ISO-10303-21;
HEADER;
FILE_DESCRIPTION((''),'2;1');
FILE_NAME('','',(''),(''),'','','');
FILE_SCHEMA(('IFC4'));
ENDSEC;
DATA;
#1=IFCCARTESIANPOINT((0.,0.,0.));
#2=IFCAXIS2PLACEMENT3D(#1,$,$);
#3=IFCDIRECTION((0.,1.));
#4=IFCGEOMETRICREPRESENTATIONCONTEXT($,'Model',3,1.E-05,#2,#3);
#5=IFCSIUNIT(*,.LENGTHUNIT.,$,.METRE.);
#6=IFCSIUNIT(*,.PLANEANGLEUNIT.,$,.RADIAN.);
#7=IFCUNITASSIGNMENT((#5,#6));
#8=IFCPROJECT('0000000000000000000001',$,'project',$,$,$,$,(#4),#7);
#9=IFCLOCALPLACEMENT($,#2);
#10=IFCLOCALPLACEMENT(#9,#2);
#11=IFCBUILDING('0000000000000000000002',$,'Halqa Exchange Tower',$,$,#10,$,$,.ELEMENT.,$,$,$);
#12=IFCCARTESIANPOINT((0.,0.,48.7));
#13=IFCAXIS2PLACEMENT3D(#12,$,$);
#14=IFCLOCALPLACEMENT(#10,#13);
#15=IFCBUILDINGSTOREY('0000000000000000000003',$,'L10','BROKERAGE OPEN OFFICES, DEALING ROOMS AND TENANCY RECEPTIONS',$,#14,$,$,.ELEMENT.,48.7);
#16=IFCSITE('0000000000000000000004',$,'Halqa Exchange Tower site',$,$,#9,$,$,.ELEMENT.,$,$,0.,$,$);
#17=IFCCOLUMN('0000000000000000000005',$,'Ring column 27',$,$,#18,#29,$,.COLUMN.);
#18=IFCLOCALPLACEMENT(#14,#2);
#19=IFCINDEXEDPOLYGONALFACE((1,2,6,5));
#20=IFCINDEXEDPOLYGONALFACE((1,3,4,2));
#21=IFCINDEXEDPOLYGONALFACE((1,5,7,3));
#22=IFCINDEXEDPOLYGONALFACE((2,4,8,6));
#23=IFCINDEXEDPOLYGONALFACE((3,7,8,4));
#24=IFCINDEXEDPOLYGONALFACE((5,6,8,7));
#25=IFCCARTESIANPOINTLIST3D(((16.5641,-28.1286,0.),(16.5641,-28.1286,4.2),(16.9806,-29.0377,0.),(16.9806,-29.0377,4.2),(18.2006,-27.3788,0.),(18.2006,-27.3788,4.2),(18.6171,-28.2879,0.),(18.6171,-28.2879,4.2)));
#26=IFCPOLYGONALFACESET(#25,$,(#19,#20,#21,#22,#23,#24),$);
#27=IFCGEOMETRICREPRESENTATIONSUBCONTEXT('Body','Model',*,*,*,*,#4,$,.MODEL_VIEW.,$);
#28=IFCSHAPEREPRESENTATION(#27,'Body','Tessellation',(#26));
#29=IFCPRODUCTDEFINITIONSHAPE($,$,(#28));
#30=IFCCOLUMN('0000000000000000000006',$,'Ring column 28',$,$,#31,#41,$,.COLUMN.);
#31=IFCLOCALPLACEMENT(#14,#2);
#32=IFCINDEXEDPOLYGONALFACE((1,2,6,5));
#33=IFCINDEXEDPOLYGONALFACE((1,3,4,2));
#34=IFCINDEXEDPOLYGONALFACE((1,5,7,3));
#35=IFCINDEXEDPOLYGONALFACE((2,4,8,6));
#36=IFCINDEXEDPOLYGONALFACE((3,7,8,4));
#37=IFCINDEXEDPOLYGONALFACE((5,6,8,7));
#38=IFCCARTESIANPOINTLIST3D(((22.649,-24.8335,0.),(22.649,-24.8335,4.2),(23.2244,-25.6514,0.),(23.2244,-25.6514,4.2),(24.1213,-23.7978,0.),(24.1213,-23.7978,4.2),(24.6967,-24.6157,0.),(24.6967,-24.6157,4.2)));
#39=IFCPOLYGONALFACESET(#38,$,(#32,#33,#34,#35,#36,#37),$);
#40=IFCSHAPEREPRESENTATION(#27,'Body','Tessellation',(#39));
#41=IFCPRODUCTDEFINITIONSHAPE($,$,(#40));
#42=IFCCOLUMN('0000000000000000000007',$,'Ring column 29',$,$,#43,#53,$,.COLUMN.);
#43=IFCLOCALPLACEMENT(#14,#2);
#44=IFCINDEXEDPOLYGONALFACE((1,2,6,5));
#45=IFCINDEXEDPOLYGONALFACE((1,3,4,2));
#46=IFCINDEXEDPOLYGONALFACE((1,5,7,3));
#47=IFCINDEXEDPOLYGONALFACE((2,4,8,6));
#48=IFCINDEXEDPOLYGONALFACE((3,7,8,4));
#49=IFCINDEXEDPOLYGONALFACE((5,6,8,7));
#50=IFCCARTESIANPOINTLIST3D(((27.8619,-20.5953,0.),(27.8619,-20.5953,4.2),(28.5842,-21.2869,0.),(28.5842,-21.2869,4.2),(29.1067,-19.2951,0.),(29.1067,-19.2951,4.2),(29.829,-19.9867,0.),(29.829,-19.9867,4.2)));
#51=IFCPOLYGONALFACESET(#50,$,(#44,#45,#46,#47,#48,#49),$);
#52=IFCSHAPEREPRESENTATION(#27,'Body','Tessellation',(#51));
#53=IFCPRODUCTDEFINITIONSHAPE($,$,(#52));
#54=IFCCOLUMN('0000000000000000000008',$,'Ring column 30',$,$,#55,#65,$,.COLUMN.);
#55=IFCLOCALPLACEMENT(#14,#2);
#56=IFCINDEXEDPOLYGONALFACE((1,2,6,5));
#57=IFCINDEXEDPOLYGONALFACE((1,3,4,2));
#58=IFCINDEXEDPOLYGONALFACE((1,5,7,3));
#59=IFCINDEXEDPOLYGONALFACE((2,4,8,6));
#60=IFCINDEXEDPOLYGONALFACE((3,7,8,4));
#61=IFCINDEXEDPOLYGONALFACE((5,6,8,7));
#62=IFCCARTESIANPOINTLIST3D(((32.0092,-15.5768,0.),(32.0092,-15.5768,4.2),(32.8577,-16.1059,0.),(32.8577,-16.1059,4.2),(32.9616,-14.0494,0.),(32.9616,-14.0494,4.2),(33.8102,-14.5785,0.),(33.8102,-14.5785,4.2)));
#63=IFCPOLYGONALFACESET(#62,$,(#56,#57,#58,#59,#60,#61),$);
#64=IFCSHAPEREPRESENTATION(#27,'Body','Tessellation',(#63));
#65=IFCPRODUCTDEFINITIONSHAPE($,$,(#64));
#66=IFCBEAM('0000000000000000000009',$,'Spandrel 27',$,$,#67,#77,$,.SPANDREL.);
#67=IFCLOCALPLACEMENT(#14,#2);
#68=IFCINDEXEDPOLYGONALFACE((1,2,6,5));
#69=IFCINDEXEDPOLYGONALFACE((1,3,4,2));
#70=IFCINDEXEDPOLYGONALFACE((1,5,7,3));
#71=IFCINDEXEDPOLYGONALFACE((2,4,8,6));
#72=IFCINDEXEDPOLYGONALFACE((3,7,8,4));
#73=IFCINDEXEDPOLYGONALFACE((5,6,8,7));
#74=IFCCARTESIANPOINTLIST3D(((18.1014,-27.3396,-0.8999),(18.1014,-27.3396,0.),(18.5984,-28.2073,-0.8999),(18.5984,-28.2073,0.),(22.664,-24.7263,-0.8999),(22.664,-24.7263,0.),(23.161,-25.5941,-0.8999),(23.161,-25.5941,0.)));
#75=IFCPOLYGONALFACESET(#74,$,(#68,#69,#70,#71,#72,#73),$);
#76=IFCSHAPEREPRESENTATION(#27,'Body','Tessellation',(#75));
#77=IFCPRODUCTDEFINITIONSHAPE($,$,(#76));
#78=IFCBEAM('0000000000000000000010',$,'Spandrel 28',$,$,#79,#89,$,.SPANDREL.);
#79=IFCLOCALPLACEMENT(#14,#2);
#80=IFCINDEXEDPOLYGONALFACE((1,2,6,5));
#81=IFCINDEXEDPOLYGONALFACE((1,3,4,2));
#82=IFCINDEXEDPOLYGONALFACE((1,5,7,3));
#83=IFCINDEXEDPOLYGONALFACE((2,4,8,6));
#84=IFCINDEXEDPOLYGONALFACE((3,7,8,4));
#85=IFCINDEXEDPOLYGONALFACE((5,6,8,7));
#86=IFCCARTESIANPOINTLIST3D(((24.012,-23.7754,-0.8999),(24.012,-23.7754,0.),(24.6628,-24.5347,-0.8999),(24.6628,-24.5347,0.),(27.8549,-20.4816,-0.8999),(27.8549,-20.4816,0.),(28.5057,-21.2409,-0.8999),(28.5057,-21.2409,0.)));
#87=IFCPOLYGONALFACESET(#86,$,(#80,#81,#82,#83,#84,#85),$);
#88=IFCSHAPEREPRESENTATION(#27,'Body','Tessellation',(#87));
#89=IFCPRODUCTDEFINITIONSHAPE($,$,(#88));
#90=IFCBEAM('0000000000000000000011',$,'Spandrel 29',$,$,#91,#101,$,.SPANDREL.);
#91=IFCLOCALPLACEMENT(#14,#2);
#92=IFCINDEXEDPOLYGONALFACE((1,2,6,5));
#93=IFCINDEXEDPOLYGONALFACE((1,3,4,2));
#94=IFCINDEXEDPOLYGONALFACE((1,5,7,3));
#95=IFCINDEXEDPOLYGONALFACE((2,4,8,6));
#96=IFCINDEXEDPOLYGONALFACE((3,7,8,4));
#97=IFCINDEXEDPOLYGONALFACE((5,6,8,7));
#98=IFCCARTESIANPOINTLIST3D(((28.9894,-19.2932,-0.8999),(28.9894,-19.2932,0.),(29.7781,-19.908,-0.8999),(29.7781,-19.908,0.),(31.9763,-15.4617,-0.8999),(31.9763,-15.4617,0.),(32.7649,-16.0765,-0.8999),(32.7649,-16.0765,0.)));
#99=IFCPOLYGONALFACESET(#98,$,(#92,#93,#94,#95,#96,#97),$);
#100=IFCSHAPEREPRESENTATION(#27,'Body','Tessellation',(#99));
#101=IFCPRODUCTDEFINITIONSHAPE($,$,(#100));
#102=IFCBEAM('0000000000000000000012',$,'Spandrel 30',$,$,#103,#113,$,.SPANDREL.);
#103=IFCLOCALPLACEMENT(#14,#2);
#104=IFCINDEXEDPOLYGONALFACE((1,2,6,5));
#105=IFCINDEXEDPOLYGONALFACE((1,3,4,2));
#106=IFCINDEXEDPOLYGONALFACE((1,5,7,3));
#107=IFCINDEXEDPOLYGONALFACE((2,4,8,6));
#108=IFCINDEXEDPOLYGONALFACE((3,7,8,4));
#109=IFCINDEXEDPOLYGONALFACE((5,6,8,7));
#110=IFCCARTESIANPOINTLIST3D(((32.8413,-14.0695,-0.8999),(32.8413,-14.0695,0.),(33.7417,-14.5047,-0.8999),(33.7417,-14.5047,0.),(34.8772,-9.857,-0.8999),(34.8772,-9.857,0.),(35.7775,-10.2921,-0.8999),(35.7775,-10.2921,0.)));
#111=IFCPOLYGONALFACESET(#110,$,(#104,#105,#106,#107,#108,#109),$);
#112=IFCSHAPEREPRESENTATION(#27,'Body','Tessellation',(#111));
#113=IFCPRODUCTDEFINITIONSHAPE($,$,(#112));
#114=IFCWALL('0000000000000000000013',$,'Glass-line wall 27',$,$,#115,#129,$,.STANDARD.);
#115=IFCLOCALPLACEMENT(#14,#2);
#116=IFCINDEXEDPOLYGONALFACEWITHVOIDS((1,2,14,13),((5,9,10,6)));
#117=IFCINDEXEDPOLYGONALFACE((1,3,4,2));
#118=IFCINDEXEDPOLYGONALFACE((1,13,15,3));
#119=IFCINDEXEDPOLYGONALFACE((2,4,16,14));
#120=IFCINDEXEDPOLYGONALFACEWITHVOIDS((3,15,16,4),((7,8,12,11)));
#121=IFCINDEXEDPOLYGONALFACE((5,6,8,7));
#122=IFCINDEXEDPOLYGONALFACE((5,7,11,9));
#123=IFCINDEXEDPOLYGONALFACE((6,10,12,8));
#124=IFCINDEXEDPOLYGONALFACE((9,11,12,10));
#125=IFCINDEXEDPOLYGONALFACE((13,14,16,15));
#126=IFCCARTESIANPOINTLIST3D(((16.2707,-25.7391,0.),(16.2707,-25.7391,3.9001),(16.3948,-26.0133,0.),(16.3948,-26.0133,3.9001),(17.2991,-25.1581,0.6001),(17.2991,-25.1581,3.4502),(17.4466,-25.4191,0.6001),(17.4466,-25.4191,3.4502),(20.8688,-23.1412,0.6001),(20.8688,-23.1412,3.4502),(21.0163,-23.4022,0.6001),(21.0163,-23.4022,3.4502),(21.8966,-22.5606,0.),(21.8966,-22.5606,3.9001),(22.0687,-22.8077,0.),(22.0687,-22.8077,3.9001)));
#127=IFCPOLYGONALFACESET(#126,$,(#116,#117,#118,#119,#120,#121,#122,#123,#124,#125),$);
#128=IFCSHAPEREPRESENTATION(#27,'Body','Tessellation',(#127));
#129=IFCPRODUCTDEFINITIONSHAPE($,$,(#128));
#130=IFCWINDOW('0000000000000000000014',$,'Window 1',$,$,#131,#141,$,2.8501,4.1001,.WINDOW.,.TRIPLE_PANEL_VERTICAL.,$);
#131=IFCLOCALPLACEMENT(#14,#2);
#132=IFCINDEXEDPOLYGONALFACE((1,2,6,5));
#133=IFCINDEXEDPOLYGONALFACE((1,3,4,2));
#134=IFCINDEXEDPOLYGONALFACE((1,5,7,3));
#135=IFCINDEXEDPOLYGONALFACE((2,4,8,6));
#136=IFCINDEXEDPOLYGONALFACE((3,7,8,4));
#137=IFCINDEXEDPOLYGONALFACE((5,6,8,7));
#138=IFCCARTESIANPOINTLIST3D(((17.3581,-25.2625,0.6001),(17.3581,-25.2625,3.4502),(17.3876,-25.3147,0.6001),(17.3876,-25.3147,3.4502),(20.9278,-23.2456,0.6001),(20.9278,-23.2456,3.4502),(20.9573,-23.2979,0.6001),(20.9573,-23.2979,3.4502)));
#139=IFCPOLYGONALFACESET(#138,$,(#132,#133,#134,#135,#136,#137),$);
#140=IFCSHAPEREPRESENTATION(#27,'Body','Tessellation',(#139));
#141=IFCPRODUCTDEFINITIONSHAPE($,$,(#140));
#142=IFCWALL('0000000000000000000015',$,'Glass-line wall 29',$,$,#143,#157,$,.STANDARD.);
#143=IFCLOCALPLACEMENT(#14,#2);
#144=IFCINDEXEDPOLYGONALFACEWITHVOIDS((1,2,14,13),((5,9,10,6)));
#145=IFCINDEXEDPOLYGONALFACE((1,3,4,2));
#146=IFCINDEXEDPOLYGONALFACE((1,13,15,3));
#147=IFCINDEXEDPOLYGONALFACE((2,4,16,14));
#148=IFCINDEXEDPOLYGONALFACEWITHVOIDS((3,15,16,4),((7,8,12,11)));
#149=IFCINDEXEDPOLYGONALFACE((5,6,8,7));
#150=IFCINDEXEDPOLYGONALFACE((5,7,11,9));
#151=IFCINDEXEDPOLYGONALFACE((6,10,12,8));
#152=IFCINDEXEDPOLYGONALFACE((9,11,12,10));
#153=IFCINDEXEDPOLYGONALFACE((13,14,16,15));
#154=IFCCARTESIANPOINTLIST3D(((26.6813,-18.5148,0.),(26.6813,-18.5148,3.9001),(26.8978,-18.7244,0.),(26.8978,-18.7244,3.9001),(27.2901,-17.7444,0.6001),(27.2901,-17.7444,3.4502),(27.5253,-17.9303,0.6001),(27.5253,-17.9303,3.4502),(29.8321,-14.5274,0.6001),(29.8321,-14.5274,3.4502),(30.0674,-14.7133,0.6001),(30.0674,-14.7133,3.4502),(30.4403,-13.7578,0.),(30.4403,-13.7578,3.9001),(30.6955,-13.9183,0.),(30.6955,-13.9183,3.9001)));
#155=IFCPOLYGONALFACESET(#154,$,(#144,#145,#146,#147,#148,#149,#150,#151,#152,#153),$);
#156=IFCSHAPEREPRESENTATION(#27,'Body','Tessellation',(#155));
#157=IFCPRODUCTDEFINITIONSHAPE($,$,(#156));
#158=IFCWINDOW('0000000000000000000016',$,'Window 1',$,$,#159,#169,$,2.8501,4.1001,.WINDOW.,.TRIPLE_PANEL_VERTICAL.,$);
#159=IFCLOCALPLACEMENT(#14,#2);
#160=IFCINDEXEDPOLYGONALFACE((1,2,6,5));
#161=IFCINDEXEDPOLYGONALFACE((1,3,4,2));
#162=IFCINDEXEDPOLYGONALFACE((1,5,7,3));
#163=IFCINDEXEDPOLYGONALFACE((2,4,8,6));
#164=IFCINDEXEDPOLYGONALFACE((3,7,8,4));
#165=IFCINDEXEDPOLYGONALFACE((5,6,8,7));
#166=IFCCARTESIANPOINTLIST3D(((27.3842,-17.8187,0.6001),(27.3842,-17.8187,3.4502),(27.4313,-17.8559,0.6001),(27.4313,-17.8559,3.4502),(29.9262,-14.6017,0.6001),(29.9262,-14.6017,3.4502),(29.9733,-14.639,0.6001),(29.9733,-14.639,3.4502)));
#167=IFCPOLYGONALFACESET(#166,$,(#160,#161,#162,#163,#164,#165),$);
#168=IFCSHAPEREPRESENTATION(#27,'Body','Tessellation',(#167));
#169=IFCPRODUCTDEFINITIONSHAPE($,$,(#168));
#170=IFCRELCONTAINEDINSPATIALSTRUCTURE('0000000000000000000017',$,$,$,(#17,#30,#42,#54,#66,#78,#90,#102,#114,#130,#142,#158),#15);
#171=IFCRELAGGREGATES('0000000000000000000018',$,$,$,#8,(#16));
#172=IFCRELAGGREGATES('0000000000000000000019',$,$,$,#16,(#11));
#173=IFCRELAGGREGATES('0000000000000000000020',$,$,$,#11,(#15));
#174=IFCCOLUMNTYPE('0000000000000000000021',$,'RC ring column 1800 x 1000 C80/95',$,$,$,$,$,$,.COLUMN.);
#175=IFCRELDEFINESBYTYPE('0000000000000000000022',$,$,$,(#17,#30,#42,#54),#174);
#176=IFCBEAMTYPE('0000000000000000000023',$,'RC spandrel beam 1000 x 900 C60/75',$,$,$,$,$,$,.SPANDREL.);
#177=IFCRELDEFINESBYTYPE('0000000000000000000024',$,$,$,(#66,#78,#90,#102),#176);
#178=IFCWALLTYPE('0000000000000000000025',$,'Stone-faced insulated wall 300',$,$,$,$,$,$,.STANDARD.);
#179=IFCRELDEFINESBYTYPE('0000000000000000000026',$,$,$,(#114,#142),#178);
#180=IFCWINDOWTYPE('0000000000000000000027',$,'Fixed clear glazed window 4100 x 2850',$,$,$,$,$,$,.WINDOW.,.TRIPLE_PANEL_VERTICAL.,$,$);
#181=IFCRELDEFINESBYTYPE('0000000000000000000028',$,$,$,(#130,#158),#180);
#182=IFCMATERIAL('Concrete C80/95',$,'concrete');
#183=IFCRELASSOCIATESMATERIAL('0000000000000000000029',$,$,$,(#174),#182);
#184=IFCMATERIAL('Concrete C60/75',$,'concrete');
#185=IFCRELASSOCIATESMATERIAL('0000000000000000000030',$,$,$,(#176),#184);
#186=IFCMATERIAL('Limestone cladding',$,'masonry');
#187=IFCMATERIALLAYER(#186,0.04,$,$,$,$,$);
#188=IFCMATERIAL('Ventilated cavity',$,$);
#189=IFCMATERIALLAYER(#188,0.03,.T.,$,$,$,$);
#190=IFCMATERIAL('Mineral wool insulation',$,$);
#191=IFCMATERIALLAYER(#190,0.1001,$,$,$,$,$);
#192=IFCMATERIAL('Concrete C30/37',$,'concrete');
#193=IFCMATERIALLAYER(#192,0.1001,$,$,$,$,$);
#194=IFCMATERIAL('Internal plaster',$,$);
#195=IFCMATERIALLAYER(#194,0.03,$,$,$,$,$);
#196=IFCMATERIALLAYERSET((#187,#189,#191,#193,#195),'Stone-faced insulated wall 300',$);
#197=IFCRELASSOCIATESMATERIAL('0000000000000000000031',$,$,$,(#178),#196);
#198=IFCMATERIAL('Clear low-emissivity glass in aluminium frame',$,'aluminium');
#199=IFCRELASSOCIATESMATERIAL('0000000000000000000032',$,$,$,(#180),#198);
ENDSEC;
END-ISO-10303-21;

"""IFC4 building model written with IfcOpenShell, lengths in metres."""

from ifc_helpers import new_model, si_unit, direction, frame, frame_2d, origin, origin_2d, place, context, subcontext, project, spatial, polyline, rectangle, outline, extrude, material, layer, layer_set, material_profile, profile_set, type_object, element, fill, save


model = new_model("IFC4")

# Units and contexts
model_context = context("Model", 3, precision=1e-05, world=origin(), true_north=direction((0.0, 1.0)))
body_context = subcontext(model_context, "Body", "Model", "MODEL_VIEW")
ifc_project = project(units=[si_unit("LENGTHUNIT", "METRE"), si_unit("PLANEANGLEUNIT", "RADIAN")], contexts=[model_context])

# Site, building, storey
site_placement = place(None, origin())
site = spatial("IfcSite", under=ifc_project, at=site_placement, Name="Halqa Exchange Tower site", CompositionType="ELEMENT", RefElevation=0.0)
building_placement = place(site_placement, origin())
building = spatial("IfcBuilding", under=site, at=building_placement, Name="Halqa Exchange Tower", CompositionType="ELEMENT")
storey_placement = place(building_placement, frame((0.0, 0.0, 48.7)))
storey = spatial("IfcBuildingStorey", under=building, at=storey_placement, Name="L10", Description="BROKERAGE OPEN OFFICES, DEALING ROOMS AND TENANCY RECEPTIONS", CompositionType="ELEMENT", Elevation=48.7)

# Columns
ifc_material_1 = material(Name="Concrete C80/95", Category="concrete")
ifc_material_profile_1 = material_profile(ifc_material_1, rectangle(XDim=1.8, YDim=1.0, at=origin_2d()), Name="1800 x 1000")
ifc_profile_set_1 = profile_set([ifc_material_profile_1], Name="Concrete C80/95")
column_type = type_object("IfcColumnType", Name="RC ring column 1800 x 1000 C80/95", PredefinedType="COLUMN", material=ifc_profile_set_1)
for number, where, z_axis, x_axis, name in (
    (1, (17.5906, -28.2083, 0.0), (0.0, 0.0, 1.0), (0.909127, 0.416519, 0.0), "Ring column 27"),
    (2, (23.6729, -24.7246, 0.0), (0.0, 0.0, 1.0), (0.817909, 0.575348, 0.0), "Ring column 28"),
    (3, (28.8455, -20.291, 0.0), (0.0, 0.0, 1.0), (0.691576, 0.722304, 0.0), "Ring column 29"),
    (4, (32.9097, -15.0776, 0.0), (0.0, 0.0, 1.0), (0.529143, 0.848532, 0.0), "Ring column 30"),
):
    element("IfcColumn", number, at=place(storey_placement, frame(where, z_axis=z_axis, x_axis=x_axis)), inside=storey, type_object=column_type, Name=name, PredefinedType="COLUMN", context=body_context, shape_type="SweptSolid", body=[
        extrude(rectangle(XDim=1.8, YDim=1.0, at=origin_2d()), origin(), (0.0, 0.0, 1.0), 4.2),
    ])

# Beams
ifc_material_2 = material(Name="Concrete C60/75", Category="concrete")
ifc_material_profile_2 = material_profile(ifc_material_2, rectangle(XDim=1.0, YDim=0.8999, at=origin_2d()), Name="1000 x 900")
ifc_profile_set_2 = profile_set([ifc_material_profile_2], Name="Concrete C60/75")
beam_type = type_object("IfcBeamType", Name="RC spandrel beam 1000 x 900 C60/75", PredefinedType="SPANDREL", material=ifc_profile_set_2)
beam_1_placement = place(storey_placement, frame((18.3499, -27.7734, -0.45), z_axis=(0.867751, 0.496999, 0.0), x_axis=(-0.496999, 0.867751, 0.0)))
element("IfcBeam", 5, at=beam_1_placement, inside=storey, type_object=beam_type, Name="Spandrel 27", PredefinedType="SPANDREL", context=body_context, shape_type="SweptSolid", body=[
    extrude(rectangle(XDim=1.0, YDim=0.8999, at=origin_2d()), origin(), (0.0, 0.0, 1.0), 5.2581),
])
beam_2_placement = place(storey_placement, frame((24.3374, -24.155, -0.45), z_axis=(0.759267, 0.650779, 0.0), x_axis=(-0.650779, 0.759267, 0.0)))
element("IfcBeam", 6, at=beam_2_placement, inside=storey, type_object=beam_type, Name="Spandrel 28", PredefinedType="SPANDREL", context=body_context, shape_type="SweptSolid", body=[
    extrude(rectangle(XDim=1.0, YDim=0.8999, at=origin_2d()), origin(), (0.0, 0.0, 1.0), 5.0613),
])
beam_3_placement = place(storey_placement, frame((29.3838, -19.6006, -0.45), z_axis=(0.614803, 0.788681, 0.0), x_axis=(-0.788681, 0.614803, 0.0)))
element("IfcBeam", 7, at=beam_3_placement, inside=storey, type_object=beam_type, Name="Spandrel 29", PredefinedType="SPANDREL", context=body_context, shape_type="SweptSolid", body=[
    extrude(rectangle(XDim=1.0, YDim=0.8999, at=origin_2d()), origin(), (0.0, 0.0, 1.0), 4.8582),
])
beam_4_placement = place(storey_placement, frame((33.2915, -14.2871, -0.45), z_axis=(0.43513, 0.900368, 0.0), x_axis=(-0.900368, 0.43513, 0.0)))
element("IfcBeam", 8, at=beam_4_placement, inside=storey, type_object=beam_type, Name="Spandrel 30", PredefinedType="SPANDREL", context=body_context, shape_type="SweptSolid", body=[
    extrude(rectangle(XDim=1.0, YDim=0.8999, at=origin_2d()), origin(), (0.0, 0.0, 1.0), 4.6787),
])

# Wall, opening, window
ifc_material_3 = material(Name="Limestone cladding", Category="masonry")
ifc_layer_1 = layer(ifc_material_3, 0.04)
ifc_material_4 = material(Name="Ventilated cavity")
ifc_layer_2 = layer(ifc_material_4, 0.03, ventilated=True)
ifc_material_5 = material(Name="Mineral wool insulation")
ifc_layer_3 = layer(ifc_material_5, 0.1001)
ifc_material_6 = material(Name="Concrete C30/37", Category="concrete")
ifc_layer_4 = layer(ifc_material_6, 0.1001)
ifc_material_7 = material(Name="Internal plaster")
ifc_layer_5 = layer(ifc_material_7, 0.03)
ifc_layer_set_1 = layer_set([ifc_layer_1, ifc_layer_2, ifc_layer_3, ifc_layer_4, ifc_layer_5], Name="Stone-faced insulated wall 300")
wall_type_1 = type_object("IfcWallType", Name="Stone-faced insulated wall 300", PredefinedType="STANDARD", material=ifc_layer_set_1)
wall_1_placement = place(storey_placement, frame((16.3328, -25.8762, 0.0), z_axis=(0.0, 0.0, 1.0), x_axis=(0.870648, 0.491907, 0.0)))
wall_1 = element("IfcWall", 9, at=wall_1_placement, inside=storey, type_object=wall_type_1, Name="Glass-line wall 27", PredefinedType="STANDARD", context=body_context, shape_type="SweptSolid", body=[
    extrude(outline(polyline([(-0.0134, -0.1499), (6.5034, -0.1499), (6.4751, 0.1499), (0.0134, 0.1499), (-0.0134, -0.1499)])), origin(), (0.0, 0.0, 1.0), 3.9001),
])
opening_1_placement = place(wall_1_placement, frame((1.1946, 0.0, 0.6001)))
opening_1 = element("IfcOpeningElement", 10, at=opening_1_placement, cuts=wall_1, PredefinedType="OPENING", context=body_context, shape_type="SweptSolid", body=[
    extrude(rectangle(XDim=4.1001, YDim=2.8501, at=frame_2d((2.05, 1.425))), frame((0.0, 0.1621, 0.0), z_axis=(0.0, -1.0, 0.0), x_axis=(1.0, 0.0, 0.0)), (0.0, 0.0, 1.0), 0.324),
])
ifc_material_8 = material(Name="Clear low-emissivity glass in aluminium frame", Category="aluminium")
window_type = type_object("IfcWindowType", Name="Fixed clear glazed window 4100 x 2850", PartitioningType="TRIPLE_PANEL_VERTICAL", PredefinedType="WINDOW", material=ifc_material_8)
window_1_placement = place(opening_1_placement, origin())
window_1 = element("IfcWindow", 11, at=window_1_placement, inside=storey, type_object=window_type, Name="Window 1", OverallHeight=2.8501, OverallWidth=4.1001, PartitioningType="TRIPLE_PANEL_VERTICAL", PredefinedType="WINDOW", context=body_context, shape_type="SweptSolid", body=[
    extrude(rectangle(XDim=4.1001, YDim=2.8501, at=frame_2d((2.05, 1.425))), frame((0.0, 0.03, 0.0), z_axis=(0.0, -1.0, 0.0), x_axis=(1.0, 0.0, 0.0)), (0.0, 0.0, 1.0), 0.0601),
])
fill(opening_1, window_1)

# Wall, opening, window
wall_2_placement = place(storey_placement, frame((26.7896, -18.6196, 0.0), z_axis=(0.0, 0.0, 1.0), x_axis=(0.619994, 0.784607, 0.0)))
wall_2 = element("IfcWall", 12, at=wall_2_placement, inside=storey, type_object=wall_type_1, Name="Glass-line wall 29", PredefinedType="STANDARD", context=body_context, shape_type="SweptSolid", body=[
    extrude(outline(polyline([(-0.0151, -0.1499), (6.1104, -0.1499), (6.0781, 0.1499), (0.0151, 0.1499), (-0.0151, -0.1499)])), origin(), (0.0, 0.0, 1.0), 3.9001),
])
opening_2_placement = place(wall_2_placement, frame((0.9971, 0.0, 0.6001)))
opening_2 = element("IfcOpeningElement", 13, at=opening_2_placement, cuts=wall_2, PredefinedType="OPENING", context=body_context, shape_type="SweptSolid", body=[
    extrude(rectangle(XDim=4.1001, YDim=2.8501, at=frame_2d((2.05, 1.425))), frame((0.0, 0.1621, 0.0), z_axis=(0.0, -1.0, 0.0), x_axis=(1.0, 0.0, 0.0)), (0.0, 0.0, 1.0), 0.324),
])
window_2_placement = place(opening_2_placement, origin())
window_2 = element("IfcWindow", 14, at=window_2_placement, inside=storey, type_object=window_type, Name="Window 1", OverallHeight=2.8501, OverallWidth=4.1001, PartitioningType="TRIPLE_PANEL_VERTICAL", PredefinedType="WINDOW", context=body_context, shape_type="SweptSolid", body=[
    extrude(rectangle(XDim=4.1001, YDim=2.8501, at=frame_2d((2.05, 1.425))), frame((0.0, 0.03, 0.0), z_axis=(0.0, -1.0, 0.0), x_axis=(1.0, 0.0, 0.0)), (0.0, 0.0, 1.0), 0.0601),
])
fill(opening_2, window_2)

save(model, "model.ifc")
